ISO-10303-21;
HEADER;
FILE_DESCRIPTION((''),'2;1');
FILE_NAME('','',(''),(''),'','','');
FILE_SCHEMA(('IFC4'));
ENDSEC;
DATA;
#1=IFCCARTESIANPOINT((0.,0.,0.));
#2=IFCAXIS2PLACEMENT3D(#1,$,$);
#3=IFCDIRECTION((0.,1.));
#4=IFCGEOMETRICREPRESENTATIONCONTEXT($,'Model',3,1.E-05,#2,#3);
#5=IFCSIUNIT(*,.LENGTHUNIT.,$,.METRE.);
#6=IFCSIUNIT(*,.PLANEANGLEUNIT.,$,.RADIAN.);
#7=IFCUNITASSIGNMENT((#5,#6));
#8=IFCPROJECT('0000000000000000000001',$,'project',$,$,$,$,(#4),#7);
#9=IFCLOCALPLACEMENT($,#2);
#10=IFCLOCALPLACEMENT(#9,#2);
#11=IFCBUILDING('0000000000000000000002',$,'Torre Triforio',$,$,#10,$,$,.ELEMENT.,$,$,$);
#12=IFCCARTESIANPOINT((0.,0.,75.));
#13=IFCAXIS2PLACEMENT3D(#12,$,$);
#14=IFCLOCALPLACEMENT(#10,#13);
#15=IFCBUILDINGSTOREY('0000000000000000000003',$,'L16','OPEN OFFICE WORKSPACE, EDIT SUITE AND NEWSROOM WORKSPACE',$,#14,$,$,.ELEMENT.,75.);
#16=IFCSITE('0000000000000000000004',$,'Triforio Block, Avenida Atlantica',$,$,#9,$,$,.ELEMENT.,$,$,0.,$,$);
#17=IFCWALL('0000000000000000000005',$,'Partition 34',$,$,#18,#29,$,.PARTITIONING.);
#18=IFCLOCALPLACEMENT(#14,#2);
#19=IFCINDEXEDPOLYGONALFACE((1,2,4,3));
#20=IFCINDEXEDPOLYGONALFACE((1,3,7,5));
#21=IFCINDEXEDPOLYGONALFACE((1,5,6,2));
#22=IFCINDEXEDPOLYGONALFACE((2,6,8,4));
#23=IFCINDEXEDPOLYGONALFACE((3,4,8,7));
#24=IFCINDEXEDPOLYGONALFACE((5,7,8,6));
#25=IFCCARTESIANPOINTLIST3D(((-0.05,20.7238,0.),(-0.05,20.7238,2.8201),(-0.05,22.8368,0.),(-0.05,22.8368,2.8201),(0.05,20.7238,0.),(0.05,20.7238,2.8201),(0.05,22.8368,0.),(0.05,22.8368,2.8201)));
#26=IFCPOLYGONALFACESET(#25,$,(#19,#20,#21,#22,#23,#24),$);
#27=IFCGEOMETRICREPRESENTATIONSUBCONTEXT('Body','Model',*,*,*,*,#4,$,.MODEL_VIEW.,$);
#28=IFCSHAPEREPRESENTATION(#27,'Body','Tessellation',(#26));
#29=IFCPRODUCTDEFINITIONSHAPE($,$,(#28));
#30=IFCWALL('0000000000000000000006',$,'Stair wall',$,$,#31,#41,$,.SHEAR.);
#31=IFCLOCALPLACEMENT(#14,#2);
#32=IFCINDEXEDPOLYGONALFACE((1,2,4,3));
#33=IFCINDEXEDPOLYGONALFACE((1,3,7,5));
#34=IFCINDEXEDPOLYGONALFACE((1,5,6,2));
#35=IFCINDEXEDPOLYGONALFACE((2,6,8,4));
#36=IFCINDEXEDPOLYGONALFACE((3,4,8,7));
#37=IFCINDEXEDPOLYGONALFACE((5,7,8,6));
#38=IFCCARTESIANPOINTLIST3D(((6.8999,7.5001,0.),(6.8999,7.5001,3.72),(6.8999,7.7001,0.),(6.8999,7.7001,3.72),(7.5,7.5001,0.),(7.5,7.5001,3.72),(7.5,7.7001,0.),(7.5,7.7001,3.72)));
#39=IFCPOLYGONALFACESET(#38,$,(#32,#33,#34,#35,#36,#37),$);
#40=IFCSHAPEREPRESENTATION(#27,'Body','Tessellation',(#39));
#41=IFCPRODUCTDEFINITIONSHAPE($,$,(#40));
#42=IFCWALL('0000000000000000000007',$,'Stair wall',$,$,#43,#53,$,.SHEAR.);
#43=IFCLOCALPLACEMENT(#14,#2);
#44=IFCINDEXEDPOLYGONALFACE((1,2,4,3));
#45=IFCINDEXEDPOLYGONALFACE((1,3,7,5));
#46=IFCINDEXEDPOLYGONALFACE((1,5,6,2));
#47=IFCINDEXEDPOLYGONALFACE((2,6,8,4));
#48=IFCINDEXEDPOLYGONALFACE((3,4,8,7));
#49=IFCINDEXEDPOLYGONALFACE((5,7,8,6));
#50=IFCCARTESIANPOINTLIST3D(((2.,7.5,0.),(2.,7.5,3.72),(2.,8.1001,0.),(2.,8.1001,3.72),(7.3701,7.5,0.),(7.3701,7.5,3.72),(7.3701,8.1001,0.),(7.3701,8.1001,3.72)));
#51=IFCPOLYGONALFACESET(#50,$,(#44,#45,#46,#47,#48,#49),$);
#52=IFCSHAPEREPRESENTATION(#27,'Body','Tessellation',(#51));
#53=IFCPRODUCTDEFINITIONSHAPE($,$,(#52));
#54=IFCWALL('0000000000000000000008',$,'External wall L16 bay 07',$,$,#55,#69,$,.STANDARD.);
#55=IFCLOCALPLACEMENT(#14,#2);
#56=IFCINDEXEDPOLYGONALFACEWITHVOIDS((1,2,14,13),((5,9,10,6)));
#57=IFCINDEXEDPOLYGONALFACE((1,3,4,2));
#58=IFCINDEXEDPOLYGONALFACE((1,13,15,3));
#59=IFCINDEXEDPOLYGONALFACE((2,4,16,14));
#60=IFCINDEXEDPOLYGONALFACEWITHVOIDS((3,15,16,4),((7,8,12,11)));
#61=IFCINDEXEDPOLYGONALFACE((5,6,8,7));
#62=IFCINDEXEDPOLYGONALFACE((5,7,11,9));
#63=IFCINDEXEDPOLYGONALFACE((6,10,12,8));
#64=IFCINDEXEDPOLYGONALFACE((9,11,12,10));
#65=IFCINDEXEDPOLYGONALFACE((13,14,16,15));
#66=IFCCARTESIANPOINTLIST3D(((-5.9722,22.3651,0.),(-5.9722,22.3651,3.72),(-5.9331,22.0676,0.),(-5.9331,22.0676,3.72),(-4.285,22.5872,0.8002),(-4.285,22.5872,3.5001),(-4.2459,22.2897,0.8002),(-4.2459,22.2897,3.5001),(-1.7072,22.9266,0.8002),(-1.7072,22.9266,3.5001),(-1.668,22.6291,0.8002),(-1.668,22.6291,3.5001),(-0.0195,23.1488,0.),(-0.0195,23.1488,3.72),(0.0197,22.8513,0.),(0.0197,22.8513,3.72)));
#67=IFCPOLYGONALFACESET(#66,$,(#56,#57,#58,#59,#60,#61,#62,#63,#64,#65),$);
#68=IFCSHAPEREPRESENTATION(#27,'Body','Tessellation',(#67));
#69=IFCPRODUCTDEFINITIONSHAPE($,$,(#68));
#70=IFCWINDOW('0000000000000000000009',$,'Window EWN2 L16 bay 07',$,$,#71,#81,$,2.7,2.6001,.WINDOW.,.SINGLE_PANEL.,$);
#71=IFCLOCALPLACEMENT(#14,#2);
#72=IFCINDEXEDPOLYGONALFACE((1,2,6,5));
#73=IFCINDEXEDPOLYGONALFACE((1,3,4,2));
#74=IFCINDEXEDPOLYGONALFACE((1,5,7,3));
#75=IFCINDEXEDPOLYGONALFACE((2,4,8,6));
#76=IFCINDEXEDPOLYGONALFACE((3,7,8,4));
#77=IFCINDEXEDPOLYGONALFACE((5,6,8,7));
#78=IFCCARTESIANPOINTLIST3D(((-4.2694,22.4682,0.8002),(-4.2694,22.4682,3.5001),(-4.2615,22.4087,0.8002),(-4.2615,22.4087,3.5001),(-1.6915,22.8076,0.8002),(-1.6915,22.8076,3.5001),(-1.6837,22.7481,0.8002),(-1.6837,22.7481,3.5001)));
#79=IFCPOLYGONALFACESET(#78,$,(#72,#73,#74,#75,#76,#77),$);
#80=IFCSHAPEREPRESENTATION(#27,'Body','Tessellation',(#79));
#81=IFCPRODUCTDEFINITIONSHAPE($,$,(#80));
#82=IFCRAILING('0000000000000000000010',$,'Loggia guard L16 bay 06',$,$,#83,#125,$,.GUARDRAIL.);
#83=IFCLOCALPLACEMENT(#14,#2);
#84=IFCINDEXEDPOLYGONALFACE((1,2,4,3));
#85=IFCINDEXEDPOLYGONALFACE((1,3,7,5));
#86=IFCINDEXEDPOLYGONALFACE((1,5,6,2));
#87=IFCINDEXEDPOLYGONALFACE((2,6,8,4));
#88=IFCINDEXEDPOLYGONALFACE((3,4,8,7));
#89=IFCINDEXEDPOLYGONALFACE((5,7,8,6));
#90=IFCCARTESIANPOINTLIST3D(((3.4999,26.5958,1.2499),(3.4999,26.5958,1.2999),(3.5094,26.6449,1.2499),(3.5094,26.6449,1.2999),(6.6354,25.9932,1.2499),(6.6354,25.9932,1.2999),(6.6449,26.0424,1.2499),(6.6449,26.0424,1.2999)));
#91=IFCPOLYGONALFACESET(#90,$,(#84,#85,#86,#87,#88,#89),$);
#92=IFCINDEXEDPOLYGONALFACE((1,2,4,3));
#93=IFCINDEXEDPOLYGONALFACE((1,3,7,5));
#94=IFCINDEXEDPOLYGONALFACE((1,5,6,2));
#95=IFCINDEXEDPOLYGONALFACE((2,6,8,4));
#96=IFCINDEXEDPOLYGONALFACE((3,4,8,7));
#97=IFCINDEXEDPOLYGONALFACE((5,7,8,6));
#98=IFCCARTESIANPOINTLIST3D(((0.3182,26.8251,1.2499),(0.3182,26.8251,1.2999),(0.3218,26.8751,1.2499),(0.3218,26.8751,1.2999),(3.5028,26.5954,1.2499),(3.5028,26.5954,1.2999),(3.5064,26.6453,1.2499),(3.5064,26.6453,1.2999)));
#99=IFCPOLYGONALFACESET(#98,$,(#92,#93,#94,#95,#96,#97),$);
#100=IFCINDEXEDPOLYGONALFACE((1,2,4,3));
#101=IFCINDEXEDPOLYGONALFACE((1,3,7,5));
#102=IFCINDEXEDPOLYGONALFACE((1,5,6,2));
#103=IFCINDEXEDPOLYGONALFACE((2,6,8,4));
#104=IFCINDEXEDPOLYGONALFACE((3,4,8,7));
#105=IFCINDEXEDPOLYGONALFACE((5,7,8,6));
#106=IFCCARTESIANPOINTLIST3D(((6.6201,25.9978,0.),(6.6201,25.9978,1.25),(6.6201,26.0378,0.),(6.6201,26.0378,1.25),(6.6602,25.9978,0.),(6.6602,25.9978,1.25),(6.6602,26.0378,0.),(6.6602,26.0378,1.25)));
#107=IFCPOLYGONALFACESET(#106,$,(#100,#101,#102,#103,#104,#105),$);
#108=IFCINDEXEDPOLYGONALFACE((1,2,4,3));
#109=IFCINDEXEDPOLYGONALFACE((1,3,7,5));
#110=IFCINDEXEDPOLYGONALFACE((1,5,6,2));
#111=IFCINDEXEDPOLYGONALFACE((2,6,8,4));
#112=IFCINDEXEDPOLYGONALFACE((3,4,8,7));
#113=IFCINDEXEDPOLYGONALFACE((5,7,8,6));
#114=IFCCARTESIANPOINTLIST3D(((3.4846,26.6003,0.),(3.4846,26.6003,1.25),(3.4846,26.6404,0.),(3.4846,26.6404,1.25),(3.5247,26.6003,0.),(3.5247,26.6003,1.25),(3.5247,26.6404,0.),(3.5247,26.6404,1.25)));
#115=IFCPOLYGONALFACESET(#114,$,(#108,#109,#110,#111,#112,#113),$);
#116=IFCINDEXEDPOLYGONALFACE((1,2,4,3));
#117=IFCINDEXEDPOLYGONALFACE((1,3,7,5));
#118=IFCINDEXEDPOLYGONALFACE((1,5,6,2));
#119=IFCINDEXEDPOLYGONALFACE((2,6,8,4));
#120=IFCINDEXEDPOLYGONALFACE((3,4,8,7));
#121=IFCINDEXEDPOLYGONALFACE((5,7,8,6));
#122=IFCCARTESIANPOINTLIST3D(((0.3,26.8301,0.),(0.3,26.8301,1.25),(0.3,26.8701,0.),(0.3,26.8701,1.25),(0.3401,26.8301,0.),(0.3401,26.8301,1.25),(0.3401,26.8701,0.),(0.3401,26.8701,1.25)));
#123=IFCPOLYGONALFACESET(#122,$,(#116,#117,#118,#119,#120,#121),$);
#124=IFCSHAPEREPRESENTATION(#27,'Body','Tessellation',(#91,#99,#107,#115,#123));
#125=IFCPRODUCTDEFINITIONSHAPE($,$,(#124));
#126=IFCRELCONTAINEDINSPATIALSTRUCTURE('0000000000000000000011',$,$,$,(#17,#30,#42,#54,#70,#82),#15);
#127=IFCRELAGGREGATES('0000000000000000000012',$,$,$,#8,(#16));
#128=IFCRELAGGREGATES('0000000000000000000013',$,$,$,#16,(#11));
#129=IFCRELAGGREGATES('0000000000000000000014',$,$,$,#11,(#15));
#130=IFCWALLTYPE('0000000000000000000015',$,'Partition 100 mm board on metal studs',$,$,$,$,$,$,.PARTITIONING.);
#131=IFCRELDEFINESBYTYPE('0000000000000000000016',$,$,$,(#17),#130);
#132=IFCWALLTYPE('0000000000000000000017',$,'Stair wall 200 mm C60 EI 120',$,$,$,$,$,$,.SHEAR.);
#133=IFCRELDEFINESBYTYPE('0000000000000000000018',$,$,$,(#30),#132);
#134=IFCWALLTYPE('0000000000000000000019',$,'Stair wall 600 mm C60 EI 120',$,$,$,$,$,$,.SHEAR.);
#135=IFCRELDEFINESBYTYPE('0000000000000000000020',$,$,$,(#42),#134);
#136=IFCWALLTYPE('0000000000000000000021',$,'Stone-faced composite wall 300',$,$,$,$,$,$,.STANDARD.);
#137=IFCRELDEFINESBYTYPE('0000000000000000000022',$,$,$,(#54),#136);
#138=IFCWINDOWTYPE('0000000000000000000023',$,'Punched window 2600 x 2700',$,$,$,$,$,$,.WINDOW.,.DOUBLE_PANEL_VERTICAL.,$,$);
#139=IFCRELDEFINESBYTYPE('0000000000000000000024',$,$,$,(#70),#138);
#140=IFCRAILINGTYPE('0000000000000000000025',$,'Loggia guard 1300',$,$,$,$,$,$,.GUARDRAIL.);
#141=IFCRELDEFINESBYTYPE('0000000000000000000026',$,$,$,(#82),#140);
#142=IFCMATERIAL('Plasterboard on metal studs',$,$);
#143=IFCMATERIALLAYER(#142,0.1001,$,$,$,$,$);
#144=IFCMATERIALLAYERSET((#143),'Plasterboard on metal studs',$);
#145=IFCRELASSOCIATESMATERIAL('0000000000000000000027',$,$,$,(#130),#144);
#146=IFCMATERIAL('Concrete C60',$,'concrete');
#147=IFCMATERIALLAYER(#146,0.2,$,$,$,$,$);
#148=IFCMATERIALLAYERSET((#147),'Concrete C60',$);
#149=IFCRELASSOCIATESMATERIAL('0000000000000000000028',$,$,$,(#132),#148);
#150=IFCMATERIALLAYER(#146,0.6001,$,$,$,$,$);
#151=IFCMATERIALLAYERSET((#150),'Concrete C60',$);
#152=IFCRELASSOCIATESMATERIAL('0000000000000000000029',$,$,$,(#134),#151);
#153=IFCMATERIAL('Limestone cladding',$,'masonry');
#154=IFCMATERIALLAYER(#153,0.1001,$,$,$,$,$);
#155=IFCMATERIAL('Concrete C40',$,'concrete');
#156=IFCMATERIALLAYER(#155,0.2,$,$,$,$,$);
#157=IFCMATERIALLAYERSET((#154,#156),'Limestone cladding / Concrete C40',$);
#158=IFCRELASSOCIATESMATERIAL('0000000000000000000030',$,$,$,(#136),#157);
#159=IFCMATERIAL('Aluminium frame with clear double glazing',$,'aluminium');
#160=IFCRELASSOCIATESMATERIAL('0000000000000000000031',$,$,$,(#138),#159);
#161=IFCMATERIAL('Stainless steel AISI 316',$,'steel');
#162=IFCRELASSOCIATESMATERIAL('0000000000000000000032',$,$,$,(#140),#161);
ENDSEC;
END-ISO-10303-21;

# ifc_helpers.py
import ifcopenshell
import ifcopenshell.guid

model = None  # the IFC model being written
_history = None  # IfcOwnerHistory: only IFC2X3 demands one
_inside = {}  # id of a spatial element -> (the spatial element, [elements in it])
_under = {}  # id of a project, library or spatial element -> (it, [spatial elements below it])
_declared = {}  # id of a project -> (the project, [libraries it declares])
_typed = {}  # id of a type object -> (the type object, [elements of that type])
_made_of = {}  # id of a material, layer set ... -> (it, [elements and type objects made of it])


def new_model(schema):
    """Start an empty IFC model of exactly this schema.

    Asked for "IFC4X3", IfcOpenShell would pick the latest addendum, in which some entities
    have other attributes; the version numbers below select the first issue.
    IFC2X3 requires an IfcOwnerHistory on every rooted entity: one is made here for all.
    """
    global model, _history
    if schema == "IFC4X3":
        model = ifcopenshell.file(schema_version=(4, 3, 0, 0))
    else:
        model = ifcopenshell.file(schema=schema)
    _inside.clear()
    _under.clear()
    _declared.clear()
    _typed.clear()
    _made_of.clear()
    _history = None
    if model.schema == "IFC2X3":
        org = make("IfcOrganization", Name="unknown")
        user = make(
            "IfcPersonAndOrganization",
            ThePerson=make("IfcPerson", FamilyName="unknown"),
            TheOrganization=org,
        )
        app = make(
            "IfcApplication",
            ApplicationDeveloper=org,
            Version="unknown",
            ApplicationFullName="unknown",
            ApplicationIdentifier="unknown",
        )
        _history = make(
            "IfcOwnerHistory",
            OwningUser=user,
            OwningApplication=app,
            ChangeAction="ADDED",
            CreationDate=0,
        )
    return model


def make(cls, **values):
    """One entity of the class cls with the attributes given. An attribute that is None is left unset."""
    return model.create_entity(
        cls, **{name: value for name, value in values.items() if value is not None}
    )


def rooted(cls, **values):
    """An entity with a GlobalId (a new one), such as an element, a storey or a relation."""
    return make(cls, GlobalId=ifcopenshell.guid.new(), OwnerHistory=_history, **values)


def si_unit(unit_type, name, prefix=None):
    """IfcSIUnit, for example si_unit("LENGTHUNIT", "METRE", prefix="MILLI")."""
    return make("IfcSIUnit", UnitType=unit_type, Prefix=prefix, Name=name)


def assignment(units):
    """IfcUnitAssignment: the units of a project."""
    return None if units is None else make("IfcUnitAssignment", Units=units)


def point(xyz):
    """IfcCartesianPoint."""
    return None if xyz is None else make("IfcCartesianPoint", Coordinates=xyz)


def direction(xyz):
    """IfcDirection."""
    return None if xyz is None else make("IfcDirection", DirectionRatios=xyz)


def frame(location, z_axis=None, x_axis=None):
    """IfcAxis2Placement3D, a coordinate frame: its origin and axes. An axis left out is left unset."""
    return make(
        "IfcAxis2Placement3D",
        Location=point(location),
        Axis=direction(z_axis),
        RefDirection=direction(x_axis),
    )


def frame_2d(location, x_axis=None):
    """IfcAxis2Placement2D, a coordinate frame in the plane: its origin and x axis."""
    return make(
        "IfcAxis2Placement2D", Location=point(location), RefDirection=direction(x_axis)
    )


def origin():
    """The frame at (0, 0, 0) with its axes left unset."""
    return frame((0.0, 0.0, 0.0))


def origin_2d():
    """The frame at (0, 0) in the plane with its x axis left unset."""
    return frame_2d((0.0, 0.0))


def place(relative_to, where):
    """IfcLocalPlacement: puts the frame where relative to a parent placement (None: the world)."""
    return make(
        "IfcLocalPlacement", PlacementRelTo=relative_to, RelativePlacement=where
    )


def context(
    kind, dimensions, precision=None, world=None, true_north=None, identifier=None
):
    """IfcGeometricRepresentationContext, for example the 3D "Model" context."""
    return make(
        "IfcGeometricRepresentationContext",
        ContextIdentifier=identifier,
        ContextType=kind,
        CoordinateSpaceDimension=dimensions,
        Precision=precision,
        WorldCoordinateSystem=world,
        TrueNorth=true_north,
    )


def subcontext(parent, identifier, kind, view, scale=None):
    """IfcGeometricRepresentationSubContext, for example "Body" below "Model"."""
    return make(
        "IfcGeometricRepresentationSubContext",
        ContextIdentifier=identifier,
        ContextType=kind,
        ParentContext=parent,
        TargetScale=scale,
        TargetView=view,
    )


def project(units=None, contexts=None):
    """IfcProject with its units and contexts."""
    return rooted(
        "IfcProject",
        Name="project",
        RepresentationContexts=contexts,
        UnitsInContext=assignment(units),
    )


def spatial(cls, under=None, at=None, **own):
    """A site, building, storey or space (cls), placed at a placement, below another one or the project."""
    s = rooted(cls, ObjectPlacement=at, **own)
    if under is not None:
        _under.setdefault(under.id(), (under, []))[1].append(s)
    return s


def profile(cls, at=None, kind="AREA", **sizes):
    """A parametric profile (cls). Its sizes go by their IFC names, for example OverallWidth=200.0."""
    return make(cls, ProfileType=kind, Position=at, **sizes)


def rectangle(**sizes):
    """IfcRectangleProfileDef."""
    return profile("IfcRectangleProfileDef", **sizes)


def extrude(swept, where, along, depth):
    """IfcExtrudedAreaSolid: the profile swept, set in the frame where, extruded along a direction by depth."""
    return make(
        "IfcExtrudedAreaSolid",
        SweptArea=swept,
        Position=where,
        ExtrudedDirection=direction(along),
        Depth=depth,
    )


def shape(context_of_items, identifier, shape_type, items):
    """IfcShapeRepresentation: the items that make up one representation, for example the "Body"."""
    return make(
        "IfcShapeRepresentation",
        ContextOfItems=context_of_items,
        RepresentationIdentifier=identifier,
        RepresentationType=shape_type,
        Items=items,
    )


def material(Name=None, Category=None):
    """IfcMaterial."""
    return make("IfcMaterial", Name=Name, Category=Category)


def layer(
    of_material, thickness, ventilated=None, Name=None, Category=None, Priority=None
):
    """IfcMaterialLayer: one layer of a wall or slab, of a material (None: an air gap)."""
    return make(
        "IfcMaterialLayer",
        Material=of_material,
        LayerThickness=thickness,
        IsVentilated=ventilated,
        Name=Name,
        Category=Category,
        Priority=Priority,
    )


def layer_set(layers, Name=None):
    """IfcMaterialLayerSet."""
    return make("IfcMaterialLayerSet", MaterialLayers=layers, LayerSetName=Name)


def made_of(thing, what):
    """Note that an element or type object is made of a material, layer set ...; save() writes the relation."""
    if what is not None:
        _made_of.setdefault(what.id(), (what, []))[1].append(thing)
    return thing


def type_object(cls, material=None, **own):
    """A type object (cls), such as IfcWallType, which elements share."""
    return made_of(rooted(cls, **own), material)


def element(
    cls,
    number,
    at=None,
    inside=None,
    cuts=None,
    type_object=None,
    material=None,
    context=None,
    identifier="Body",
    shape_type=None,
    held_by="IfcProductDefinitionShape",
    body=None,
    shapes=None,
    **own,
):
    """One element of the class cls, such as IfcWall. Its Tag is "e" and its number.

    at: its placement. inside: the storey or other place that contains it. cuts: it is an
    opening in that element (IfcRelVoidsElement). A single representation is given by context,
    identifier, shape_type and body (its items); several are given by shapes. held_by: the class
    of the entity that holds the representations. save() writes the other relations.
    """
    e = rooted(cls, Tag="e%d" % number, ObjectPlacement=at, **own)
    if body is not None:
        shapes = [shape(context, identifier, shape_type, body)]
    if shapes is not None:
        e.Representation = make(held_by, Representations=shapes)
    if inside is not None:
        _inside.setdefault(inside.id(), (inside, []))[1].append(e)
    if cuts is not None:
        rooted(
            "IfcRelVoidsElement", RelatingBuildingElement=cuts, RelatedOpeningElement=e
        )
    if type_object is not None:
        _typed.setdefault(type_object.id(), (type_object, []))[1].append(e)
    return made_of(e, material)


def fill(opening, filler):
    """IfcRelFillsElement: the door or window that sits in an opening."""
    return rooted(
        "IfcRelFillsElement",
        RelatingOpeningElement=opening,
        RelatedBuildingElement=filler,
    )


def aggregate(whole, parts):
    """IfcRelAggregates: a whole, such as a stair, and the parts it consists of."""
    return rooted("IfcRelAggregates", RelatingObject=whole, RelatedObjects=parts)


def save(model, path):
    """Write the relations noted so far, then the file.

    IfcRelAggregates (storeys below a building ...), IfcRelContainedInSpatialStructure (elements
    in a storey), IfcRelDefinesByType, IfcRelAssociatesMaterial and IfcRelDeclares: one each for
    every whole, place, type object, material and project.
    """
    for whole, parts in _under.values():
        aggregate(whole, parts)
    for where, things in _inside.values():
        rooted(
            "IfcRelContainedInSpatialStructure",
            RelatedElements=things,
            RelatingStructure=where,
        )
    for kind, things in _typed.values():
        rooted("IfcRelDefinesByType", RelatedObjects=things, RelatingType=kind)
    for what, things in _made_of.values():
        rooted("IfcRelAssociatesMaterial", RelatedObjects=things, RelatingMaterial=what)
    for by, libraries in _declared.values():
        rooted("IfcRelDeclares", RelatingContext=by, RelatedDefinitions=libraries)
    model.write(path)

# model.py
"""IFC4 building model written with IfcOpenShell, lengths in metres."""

from ifc_helpers import new_model, si_unit, direction, frame, frame_2d, origin, origin_2d, place, context, subcontext, project, spatial, rectangle, extrude, material, layer, layer_set, type_object, element, fill, save


model = new_model("IFC4")

# Units and contexts
model_context = context("Model", 3, precision=1e-05, world=origin(), true_north=direction((0.0, 1.0)))
body_context = subcontext(model_context, "Body", "Model", "MODEL_VIEW")
ifc_project = project(units=[si_unit("LENGTHUNIT", "METRE"), si_unit("PLANEANGLEUNIT", "RADIAN")], contexts=[model_context])

# Site, building, storey
site_placement = place(None, origin())
site = spatial("IfcSite", under=ifc_project, at=site_placement, Name="Triforio Block, Avenida Atlantica", CompositionType="ELEMENT", RefElevation=0.0)
building_placement = place(site_placement, origin())
building = spatial("IfcBuilding", under=site, at=building_placement, Name="Torre Triforio", CompositionType="ELEMENT")
storey_placement = place(building_placement, frame((0.0, 0.0, 75.0)))
storey = spatial("IfcBuildingStorey", under=building, at=storey_placement, Name="L16", Description="OPEN OFFICE WORKSPACE, EDIT SUITE AND NEWSROOM WORKSPACE", CompositionType="ELEMENT", Elevation=75.0)

# Shared definitions
ifc_material_1 = material(Name="Concrete C60", Category="concrete")
ifc_material_2 = material(Name="Plasterboard on metal studs")

# Walls
ifc_layer_1 = layer(ifc_material_2, 0.1001)
ifc_layer_set_1 = layer_set([ifc_layer_1], Name="Plasterboard on metal studs")
wall_type_1 = type_object("IfcWallType", Name="Partition 100 mm board on metal studs", PredefinedType="PARTITIONING", material=ifc_layer_set_1)
wall_1_placement = place(storey_placement, frame((0.0, 20.7236, 0.0), z_axis=(0.0, 0.0, 1.0), x_axis=(0.0, 1.0, 0.0)))
element("IfcWall", 1, at=wall_1_placement, inside=storey, type_object=wall_type_1, Name="Partition 34", PredefinedType="PARTITIONING", context=body_context, shape_type="SweptSolid", body=[
    extrude(rectangle(XDim=2.113, YDim=0.1001, at=frame_2d((1.0566, 0.0))), origin(), (0.0, 0.0, 1.0), 2.8201),
])
ifc_layer_2 = layer(ifc_material_1, 0.2)
ifc_layer_set_2 = layer_set([ifc_layer_2], Name="Concrete C60")
wall_type_2 = type_object("IfcWallType", Name="Stair wall 200 mm C60 EI 120", PredefinedType="SHEAR", material=ifc_layer_set_2)
wall_2_placement = place(storey_placement, frame((6.8999, 7.6001, 0.0), z_axis=(0.0, 0.0, 1.0), x_axis=(1.0, 0.0, 0.0)))
element("IfcWall", 2, at=wall_2_placement, inside=storey, type_object=wall_type_2, Name="Stair wall", PredefinedType="SHEAR", context=body_context, shape_type="SweptSolid", body=[
    extrude(rectangle(XDim=0.6001, YDim=0.2, at=frame_2d((0.3, 0.0))), origin(), (0.0, 0.0, 1.0), 3.72),
])
ifc_layer_3 = layer(ifc_material_1, 0.6001)
ifc_layer_set_3 = layer_set([ifc_layer_3], Name="Concrete C60")
wall_type_3 = type_object("IfcWallType", Name="Stair wall 600 mm C60 EI 120", PredefinedType="SHEAR", material=ifc_layer_set_3)
wall_3_placement = place(storey_placement, frame((2.0, 7.8, 0.0), z_axis=(0.0, 0.0, 1.0), x_axis=(1.0, 0.0, 0.0)))
element("IfcWall", 3, at=wall_3_placement, inside=storey, type_object=wall_type_3, Name="Stair wall", PredefinedType="SHEAR", context=body_context, shape_type="SweptSolid", body=[
    extrude(rectangle(XDim=5.3701, YDim=0.6001, at=frame_2d((2.6851, 0.0))), origin(), (0.0, 0.0, 1.0), 3.72),
])

# Shared definitions
ifc_material_3 = material(Name="Limestone cladding", Category="masonry")
ifc_layer_4 = layer(ifc_material_3, 0.1001)
ifc_material_4 = material(Name="Concrete C40", Category="concrete")
ifc_layer_5 = layer(ifc_material_4, 0.2)
ifc_layer_set_4 = layer_set([ifc_layer_4, ifc_layer_5], Name="Limestone cladding / Concrete C40")
wall_type_4 = type_object("IfcWallType", Name="Stone-faced composite wall 300", PredefinedType="STANDARD", material=ifc_layer_set_4)
ifc_material_5 = material(Name="Aluminium frame with clear double glazing", Category="aluminium")

# Wall, opening, window
wall_4_placement = place(storey_placement, frame((0.0, 23.0, 0.0), z_axis=(0.0, 0.0, 1.0), x_axis=(-0.991445, -0.130523, 0.0)))
wall_4 = element("IfcWall", 4, at=wall_4_placement, inside=storey, type_object=wall_type_4, Name="External wall L16 bay 07", PredefinedType="STANDARD", context=body_context, shape_type="SweptSolid", body=[
    extrude(rectangle(XDim=6.0042, YDim=0.3, at=frame_2d((3.002, 0.0))), origin(), (0.0, 0.0, 1.0), 3.72),
])
opening_1_placement = place(wall_4_placement, frame((1.7021, 0.0, 0.8)))
opening_1 = element("IfcOpeningElement", 5, at=opening_1_placement, cuts=wall_4, PredefinedType="OPENING", context=body_context, shape_type="SweptSolid", body=[
    extrude(rectangle(XDim=2.6001, YDim=2.7, at=frame_2d((1.3, 1.3501))), frame((0.0, 0.1599, 0.0), z_axis=(0.0, -1.0, 0.0), x_axis=(1.0, 0.0, 0.0)), (0.0, 0.0, 1.0), 0.3201),
])
window_type_1 = type_object("IfcWindowType", Name="Punched window 2600 x 2700", PartitioningType="DOUBLE_PANEL_VERTICAL", PredefinedType="WINDOW", material=ifc_material_5)
window_1_placement = place(opening_1_placement, origin())
window_1 = element("IfcWindow", 6, at=window_1_placement, inside=storey, type_object=window_type_1, Name="Window EWN2 L16 bay 07", OverallHeight=2.7, OverallWidth=2.6001, PartitioningType="SINGLE_PANEL", PredefinedType="WINDOW", context=body_context, shape_type="SweptSolid", body=[
    extrude(rectangle(XDim=2.6001, YDim=2.7, at=frame_2d((1.3, 1.3501))), frame((0.0, 0.03, 0.0), z_axis=(0.0, -1.0, 0.0), x_axis=(1.0, 0.0, 0.0)), (0.0, 0.0, 1.0), 0.0601),
])
fill(opening_1, window_1)

# Railing
ifc_material_6 = material(Name="Stainless steel AISI 316", Category="steel")
railing_type = type_object("IfcRailingType", Name="Loggia guard 1300", PredefinedType="GUARDRAIL", material=ifc_material_6)
railing_placement = place(storey_placement, frame((6.6401, 26.0178, 0.0)))
element("IfcRailing", 7, at=railing_placement, inside=storey, type_object=railing_type, Name="Loggia guard L16 bay 06", PredefinedType="GUARDRAIL", context=body_context, shape_type="SweptSolid", body=[
    extrude(rectangle(XDim=0.05, YDim=0.05, at=origin_2d()), frame((0.0, 0.0, 1.2749), z_axis=(-0.982032, 0.188714, 0.0), x_axis=(-0.188714, -0.982032, 0.0)), (0.0, 0.0, 1.0), 3.1929),
    extrude(rectangle(XDim=0.05, YDim=0.05, at=origin_2d()), frame((-3.1355, 0.6025, 1.2749), z_axis=(-0.997408, 0.071953, 0.0), x_axis=(-0.071953, -0.997408, 0.0)), (0.0, 0.0, 1.0), 3.1929),
    extrude(rectangle(XDim=0.04, YDim=0.04, at=origin_2d()), origin(), (0.0, 0.0, 1.0), 1.25),
    extrude(rectangle(XDim=0.04, YDim=0.04, at=origin_2d()), frame((-3.1355, 0.6025, 0.0)), (0.0, 0.0, 1.0), 1.25),
    extrude(rectangle(XDim=0.04, YDim=0.04, at=origin_2d()), frame((-6.3201, 0.8323, 0.0)), (0.0, 0.0, 1.0), 1.25),
])

save(model, "model.ifc")
